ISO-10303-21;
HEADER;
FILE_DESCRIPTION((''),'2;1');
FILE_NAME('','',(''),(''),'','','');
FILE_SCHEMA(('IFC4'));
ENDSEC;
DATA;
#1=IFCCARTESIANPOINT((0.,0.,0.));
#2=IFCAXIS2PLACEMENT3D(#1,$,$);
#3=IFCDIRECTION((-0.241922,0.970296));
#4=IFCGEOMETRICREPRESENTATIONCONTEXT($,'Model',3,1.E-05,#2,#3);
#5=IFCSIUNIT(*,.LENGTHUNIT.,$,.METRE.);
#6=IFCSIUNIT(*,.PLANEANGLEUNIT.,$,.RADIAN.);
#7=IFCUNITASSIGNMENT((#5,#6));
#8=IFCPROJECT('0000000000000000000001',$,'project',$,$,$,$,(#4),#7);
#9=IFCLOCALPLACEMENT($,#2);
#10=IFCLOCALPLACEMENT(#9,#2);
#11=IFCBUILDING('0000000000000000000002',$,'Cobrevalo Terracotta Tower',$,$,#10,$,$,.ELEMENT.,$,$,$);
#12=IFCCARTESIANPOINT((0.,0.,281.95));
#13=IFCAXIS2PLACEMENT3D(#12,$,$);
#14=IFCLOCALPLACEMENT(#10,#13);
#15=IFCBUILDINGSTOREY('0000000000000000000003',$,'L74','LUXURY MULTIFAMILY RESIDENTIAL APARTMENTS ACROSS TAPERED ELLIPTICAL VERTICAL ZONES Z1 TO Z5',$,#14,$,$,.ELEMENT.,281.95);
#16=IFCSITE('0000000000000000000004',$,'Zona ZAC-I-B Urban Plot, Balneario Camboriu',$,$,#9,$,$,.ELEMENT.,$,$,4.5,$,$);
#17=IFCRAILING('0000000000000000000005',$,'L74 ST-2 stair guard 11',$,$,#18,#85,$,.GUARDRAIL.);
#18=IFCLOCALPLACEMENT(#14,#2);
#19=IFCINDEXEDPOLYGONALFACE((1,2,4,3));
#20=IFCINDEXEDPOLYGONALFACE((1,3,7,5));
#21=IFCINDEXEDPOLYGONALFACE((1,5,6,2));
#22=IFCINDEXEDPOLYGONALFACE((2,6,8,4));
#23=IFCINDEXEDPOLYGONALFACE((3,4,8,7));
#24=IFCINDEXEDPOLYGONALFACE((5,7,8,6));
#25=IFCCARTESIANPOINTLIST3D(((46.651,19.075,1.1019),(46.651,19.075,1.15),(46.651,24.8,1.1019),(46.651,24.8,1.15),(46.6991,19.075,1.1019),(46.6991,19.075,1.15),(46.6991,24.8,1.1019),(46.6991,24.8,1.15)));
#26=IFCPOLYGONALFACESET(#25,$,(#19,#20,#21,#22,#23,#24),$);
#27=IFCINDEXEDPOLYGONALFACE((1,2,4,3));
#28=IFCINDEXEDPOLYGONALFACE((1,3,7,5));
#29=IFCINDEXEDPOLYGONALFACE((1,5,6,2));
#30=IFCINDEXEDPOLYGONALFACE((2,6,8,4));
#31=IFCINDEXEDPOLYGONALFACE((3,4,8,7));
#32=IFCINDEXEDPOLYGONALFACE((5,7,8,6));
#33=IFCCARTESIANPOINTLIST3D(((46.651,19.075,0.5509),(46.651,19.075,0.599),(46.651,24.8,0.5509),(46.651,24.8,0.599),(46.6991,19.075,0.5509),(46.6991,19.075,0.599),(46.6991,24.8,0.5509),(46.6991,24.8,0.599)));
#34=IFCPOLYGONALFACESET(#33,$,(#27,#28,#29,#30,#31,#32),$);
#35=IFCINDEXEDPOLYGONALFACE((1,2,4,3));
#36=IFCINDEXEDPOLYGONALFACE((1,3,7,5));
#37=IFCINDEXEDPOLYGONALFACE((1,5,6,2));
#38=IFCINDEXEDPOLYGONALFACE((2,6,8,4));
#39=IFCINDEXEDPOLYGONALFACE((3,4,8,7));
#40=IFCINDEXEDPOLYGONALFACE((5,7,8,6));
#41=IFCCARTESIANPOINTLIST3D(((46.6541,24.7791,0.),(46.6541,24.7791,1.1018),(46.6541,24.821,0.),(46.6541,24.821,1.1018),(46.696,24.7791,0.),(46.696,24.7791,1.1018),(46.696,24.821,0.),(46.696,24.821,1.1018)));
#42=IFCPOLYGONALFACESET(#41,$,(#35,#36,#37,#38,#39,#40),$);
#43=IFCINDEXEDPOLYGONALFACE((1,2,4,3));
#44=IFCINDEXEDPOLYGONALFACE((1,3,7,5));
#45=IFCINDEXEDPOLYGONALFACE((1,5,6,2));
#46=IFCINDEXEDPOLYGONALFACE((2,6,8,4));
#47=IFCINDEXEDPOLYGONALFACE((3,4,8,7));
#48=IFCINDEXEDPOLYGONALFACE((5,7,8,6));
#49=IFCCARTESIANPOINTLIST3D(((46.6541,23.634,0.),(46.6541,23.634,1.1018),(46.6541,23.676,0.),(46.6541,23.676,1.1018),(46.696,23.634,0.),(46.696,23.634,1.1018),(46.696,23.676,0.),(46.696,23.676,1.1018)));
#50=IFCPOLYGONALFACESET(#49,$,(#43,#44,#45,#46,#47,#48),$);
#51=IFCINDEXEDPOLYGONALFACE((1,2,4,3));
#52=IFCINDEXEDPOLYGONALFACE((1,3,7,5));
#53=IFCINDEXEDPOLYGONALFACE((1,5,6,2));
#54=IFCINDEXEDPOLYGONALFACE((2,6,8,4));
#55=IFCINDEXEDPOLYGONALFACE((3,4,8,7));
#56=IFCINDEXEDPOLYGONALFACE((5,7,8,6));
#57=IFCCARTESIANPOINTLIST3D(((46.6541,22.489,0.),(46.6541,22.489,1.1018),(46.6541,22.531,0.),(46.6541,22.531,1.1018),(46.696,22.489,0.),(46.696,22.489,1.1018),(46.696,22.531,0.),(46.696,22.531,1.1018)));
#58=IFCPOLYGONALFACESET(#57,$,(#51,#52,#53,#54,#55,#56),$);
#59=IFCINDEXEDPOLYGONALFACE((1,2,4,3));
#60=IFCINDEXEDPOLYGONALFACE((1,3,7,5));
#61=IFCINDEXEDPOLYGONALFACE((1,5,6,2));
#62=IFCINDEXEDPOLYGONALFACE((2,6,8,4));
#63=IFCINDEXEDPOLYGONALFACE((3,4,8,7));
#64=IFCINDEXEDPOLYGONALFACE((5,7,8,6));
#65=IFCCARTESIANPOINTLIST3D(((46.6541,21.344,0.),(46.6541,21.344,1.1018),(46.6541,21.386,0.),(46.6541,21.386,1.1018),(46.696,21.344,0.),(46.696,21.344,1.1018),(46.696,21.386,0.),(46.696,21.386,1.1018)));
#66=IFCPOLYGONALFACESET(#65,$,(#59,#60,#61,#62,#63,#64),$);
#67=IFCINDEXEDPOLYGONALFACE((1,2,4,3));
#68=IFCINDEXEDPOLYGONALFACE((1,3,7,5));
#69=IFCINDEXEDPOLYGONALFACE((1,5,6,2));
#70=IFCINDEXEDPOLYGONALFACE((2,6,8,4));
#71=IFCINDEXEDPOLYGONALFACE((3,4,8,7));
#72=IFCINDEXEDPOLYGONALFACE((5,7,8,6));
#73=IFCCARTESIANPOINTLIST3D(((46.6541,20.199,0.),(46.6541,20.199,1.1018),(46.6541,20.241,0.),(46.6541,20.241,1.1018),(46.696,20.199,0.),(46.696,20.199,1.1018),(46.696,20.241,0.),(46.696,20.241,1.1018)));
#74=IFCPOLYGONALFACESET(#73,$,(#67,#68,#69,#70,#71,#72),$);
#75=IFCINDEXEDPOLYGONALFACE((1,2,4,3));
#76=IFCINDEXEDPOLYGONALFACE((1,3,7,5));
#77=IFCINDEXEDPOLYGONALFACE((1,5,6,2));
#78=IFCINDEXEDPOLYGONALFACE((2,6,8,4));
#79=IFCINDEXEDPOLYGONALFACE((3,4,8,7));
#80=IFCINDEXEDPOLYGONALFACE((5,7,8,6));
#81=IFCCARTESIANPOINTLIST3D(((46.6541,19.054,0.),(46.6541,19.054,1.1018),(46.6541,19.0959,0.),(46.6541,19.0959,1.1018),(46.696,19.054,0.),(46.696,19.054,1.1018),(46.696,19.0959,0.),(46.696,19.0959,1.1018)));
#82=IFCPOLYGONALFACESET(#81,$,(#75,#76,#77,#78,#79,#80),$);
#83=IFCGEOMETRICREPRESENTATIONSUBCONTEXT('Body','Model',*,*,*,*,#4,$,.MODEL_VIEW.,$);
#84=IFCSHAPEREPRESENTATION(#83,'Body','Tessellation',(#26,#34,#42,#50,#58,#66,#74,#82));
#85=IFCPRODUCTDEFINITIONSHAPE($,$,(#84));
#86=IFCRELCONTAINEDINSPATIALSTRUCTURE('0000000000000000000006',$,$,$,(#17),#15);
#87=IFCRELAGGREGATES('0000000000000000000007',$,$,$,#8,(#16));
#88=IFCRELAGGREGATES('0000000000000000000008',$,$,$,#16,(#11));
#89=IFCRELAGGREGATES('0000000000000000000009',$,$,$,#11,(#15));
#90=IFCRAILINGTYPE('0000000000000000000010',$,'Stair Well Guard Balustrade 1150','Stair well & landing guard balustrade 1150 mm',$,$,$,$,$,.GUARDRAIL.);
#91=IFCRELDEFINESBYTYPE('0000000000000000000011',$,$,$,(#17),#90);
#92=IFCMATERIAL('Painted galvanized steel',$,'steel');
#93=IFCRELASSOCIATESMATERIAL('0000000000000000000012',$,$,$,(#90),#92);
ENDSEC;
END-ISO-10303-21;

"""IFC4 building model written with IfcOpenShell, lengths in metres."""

from ifc_helpers import new_model, si_unit, direction, frame, origin, origin_2d, place, context, subcontext, project, spatial, rectangle, extrude, material, type_object, element, save


model = new_model("IFC4")

# Units and contexts
model_context = context("Model", 3, precision=1e-05, world=origin(), true_north=direction((-0.241922, 0.970296)))
body_context = subcontext(model_context, "Body", "Model", "MODEL_VIEW")
ifc_project = project(units=[si_unit("LENGTHUNIT", "METRE"), si_unit("PLANEANGLEUNIT", "RADIAN")], contexts=[model_context])

# Site, building, storey
site_placement = place(None, origin())
site = spatial("IfcSite", under=ifc_project, at=site_placement, Name="Zona ZAC-I-B Urban Plot, Balneario Camboriu", CompositionType="ELEMENT", RefElevation=4.5)
building_placement = place(site_placement, origin())
building = spatial("IfcBuilding", under=site, at=building_placement, Name="Cobrevalo Terracotta Tower", CompositionType="ELEMENT")
storey_placement = place(building_placement, frame((0.0, 0.0, 281.95)))
storey = spatial("IfcBuildingStorey", under=building, at=storey_placement, Name="L74", Description="LUXURY MULTIFAMILY RESIDENTIAL APARTMENTS ACROSS TAPERED ELLIPTICAL VERTICAL ZONES Z1 TO Z5", CompositionType="ELEMENT", Elevation=281.95)

# Railing
ifc_material_1 = material(Name="Painted galvanized steel", Category="steel")
railing_type = type_object("IfcRailingType", Name="Stair Well Guard Balustrade 1150", Description="Stair well & landing guard balustrade 1150 mm", PredefinedType="GUARDRAIL", material=ifc_material_1)
for number, where, name in (
    (1, (46.675, 24.8, 0.0), "L74 ST-2 stair guard 11"),
):
    element("IfcRailing", number, at=place(storey_placement, frame(where)), inside=storey, type_object=railing_type, Name=name, PredefinedType="GUARDRAIL", context=body_context, shape_type="SweptSolid", body=[
        extrude(rectangle(XDim=0.0481, YDim=0.0481, at=origin_2d()), frame((0.0, 0.0, 1.126), z_axis=(0.0, -1.0, 0.0), x_axis=(1.0, 0.0, 0.0)), (0.0, 0.0, 1.0), 5.7251),
        extrude(rectangle(XDim=0.0481, YDim=0.0481, at=origin_2d()), frame((0.0, 0.0, 0.575), z_axis=(0.0, -1.0, 0.0), x_axis=(1.0, 0.0, 0.0)), (0.0, 0.0, 1.0), 5.7251),
        extrude(rectangle(XDim=0.042, YDim=0.042, at=origin_2d()), origin(), (0.0, 0.0, 1.0), 1.1018),
        extrude(rectangle(XDim=0.042, YDim=0.042, at=origin_2d()), frame((0.0, -1.145, 0.0)), (0.0, 0.0, 1.0), 1.1018),
        extrude(rectangle(XDim=0.042, YDim=0.042, at=origin_2d()), frame((0.0, -2.29, 0.0)), (0.0, 0.0, 1.0), 1.1018),
        extrude(rectangle(XDim=0.042, YDim=0.042, at=origin_2d()), frame((0.0, -3.4351, 0.0)), (0.0, 0.0, 1.0), 1.1018),
        extrude(rectangle(XDim=0.042, YDim=0.042, at=origin_2d()), frame((0.0, -4.5801, 0.0)), (0.0, 0.0, 1.0), 1.1018),
        extrude(rectangle(XDim=0.042, YDim=0.042, at=origin_2d()), frame((0.0, -5.7251, 0.0)), (0.0, 0.0, 1.0), 1.1018),
    ])

save(model, "model.ifc")
